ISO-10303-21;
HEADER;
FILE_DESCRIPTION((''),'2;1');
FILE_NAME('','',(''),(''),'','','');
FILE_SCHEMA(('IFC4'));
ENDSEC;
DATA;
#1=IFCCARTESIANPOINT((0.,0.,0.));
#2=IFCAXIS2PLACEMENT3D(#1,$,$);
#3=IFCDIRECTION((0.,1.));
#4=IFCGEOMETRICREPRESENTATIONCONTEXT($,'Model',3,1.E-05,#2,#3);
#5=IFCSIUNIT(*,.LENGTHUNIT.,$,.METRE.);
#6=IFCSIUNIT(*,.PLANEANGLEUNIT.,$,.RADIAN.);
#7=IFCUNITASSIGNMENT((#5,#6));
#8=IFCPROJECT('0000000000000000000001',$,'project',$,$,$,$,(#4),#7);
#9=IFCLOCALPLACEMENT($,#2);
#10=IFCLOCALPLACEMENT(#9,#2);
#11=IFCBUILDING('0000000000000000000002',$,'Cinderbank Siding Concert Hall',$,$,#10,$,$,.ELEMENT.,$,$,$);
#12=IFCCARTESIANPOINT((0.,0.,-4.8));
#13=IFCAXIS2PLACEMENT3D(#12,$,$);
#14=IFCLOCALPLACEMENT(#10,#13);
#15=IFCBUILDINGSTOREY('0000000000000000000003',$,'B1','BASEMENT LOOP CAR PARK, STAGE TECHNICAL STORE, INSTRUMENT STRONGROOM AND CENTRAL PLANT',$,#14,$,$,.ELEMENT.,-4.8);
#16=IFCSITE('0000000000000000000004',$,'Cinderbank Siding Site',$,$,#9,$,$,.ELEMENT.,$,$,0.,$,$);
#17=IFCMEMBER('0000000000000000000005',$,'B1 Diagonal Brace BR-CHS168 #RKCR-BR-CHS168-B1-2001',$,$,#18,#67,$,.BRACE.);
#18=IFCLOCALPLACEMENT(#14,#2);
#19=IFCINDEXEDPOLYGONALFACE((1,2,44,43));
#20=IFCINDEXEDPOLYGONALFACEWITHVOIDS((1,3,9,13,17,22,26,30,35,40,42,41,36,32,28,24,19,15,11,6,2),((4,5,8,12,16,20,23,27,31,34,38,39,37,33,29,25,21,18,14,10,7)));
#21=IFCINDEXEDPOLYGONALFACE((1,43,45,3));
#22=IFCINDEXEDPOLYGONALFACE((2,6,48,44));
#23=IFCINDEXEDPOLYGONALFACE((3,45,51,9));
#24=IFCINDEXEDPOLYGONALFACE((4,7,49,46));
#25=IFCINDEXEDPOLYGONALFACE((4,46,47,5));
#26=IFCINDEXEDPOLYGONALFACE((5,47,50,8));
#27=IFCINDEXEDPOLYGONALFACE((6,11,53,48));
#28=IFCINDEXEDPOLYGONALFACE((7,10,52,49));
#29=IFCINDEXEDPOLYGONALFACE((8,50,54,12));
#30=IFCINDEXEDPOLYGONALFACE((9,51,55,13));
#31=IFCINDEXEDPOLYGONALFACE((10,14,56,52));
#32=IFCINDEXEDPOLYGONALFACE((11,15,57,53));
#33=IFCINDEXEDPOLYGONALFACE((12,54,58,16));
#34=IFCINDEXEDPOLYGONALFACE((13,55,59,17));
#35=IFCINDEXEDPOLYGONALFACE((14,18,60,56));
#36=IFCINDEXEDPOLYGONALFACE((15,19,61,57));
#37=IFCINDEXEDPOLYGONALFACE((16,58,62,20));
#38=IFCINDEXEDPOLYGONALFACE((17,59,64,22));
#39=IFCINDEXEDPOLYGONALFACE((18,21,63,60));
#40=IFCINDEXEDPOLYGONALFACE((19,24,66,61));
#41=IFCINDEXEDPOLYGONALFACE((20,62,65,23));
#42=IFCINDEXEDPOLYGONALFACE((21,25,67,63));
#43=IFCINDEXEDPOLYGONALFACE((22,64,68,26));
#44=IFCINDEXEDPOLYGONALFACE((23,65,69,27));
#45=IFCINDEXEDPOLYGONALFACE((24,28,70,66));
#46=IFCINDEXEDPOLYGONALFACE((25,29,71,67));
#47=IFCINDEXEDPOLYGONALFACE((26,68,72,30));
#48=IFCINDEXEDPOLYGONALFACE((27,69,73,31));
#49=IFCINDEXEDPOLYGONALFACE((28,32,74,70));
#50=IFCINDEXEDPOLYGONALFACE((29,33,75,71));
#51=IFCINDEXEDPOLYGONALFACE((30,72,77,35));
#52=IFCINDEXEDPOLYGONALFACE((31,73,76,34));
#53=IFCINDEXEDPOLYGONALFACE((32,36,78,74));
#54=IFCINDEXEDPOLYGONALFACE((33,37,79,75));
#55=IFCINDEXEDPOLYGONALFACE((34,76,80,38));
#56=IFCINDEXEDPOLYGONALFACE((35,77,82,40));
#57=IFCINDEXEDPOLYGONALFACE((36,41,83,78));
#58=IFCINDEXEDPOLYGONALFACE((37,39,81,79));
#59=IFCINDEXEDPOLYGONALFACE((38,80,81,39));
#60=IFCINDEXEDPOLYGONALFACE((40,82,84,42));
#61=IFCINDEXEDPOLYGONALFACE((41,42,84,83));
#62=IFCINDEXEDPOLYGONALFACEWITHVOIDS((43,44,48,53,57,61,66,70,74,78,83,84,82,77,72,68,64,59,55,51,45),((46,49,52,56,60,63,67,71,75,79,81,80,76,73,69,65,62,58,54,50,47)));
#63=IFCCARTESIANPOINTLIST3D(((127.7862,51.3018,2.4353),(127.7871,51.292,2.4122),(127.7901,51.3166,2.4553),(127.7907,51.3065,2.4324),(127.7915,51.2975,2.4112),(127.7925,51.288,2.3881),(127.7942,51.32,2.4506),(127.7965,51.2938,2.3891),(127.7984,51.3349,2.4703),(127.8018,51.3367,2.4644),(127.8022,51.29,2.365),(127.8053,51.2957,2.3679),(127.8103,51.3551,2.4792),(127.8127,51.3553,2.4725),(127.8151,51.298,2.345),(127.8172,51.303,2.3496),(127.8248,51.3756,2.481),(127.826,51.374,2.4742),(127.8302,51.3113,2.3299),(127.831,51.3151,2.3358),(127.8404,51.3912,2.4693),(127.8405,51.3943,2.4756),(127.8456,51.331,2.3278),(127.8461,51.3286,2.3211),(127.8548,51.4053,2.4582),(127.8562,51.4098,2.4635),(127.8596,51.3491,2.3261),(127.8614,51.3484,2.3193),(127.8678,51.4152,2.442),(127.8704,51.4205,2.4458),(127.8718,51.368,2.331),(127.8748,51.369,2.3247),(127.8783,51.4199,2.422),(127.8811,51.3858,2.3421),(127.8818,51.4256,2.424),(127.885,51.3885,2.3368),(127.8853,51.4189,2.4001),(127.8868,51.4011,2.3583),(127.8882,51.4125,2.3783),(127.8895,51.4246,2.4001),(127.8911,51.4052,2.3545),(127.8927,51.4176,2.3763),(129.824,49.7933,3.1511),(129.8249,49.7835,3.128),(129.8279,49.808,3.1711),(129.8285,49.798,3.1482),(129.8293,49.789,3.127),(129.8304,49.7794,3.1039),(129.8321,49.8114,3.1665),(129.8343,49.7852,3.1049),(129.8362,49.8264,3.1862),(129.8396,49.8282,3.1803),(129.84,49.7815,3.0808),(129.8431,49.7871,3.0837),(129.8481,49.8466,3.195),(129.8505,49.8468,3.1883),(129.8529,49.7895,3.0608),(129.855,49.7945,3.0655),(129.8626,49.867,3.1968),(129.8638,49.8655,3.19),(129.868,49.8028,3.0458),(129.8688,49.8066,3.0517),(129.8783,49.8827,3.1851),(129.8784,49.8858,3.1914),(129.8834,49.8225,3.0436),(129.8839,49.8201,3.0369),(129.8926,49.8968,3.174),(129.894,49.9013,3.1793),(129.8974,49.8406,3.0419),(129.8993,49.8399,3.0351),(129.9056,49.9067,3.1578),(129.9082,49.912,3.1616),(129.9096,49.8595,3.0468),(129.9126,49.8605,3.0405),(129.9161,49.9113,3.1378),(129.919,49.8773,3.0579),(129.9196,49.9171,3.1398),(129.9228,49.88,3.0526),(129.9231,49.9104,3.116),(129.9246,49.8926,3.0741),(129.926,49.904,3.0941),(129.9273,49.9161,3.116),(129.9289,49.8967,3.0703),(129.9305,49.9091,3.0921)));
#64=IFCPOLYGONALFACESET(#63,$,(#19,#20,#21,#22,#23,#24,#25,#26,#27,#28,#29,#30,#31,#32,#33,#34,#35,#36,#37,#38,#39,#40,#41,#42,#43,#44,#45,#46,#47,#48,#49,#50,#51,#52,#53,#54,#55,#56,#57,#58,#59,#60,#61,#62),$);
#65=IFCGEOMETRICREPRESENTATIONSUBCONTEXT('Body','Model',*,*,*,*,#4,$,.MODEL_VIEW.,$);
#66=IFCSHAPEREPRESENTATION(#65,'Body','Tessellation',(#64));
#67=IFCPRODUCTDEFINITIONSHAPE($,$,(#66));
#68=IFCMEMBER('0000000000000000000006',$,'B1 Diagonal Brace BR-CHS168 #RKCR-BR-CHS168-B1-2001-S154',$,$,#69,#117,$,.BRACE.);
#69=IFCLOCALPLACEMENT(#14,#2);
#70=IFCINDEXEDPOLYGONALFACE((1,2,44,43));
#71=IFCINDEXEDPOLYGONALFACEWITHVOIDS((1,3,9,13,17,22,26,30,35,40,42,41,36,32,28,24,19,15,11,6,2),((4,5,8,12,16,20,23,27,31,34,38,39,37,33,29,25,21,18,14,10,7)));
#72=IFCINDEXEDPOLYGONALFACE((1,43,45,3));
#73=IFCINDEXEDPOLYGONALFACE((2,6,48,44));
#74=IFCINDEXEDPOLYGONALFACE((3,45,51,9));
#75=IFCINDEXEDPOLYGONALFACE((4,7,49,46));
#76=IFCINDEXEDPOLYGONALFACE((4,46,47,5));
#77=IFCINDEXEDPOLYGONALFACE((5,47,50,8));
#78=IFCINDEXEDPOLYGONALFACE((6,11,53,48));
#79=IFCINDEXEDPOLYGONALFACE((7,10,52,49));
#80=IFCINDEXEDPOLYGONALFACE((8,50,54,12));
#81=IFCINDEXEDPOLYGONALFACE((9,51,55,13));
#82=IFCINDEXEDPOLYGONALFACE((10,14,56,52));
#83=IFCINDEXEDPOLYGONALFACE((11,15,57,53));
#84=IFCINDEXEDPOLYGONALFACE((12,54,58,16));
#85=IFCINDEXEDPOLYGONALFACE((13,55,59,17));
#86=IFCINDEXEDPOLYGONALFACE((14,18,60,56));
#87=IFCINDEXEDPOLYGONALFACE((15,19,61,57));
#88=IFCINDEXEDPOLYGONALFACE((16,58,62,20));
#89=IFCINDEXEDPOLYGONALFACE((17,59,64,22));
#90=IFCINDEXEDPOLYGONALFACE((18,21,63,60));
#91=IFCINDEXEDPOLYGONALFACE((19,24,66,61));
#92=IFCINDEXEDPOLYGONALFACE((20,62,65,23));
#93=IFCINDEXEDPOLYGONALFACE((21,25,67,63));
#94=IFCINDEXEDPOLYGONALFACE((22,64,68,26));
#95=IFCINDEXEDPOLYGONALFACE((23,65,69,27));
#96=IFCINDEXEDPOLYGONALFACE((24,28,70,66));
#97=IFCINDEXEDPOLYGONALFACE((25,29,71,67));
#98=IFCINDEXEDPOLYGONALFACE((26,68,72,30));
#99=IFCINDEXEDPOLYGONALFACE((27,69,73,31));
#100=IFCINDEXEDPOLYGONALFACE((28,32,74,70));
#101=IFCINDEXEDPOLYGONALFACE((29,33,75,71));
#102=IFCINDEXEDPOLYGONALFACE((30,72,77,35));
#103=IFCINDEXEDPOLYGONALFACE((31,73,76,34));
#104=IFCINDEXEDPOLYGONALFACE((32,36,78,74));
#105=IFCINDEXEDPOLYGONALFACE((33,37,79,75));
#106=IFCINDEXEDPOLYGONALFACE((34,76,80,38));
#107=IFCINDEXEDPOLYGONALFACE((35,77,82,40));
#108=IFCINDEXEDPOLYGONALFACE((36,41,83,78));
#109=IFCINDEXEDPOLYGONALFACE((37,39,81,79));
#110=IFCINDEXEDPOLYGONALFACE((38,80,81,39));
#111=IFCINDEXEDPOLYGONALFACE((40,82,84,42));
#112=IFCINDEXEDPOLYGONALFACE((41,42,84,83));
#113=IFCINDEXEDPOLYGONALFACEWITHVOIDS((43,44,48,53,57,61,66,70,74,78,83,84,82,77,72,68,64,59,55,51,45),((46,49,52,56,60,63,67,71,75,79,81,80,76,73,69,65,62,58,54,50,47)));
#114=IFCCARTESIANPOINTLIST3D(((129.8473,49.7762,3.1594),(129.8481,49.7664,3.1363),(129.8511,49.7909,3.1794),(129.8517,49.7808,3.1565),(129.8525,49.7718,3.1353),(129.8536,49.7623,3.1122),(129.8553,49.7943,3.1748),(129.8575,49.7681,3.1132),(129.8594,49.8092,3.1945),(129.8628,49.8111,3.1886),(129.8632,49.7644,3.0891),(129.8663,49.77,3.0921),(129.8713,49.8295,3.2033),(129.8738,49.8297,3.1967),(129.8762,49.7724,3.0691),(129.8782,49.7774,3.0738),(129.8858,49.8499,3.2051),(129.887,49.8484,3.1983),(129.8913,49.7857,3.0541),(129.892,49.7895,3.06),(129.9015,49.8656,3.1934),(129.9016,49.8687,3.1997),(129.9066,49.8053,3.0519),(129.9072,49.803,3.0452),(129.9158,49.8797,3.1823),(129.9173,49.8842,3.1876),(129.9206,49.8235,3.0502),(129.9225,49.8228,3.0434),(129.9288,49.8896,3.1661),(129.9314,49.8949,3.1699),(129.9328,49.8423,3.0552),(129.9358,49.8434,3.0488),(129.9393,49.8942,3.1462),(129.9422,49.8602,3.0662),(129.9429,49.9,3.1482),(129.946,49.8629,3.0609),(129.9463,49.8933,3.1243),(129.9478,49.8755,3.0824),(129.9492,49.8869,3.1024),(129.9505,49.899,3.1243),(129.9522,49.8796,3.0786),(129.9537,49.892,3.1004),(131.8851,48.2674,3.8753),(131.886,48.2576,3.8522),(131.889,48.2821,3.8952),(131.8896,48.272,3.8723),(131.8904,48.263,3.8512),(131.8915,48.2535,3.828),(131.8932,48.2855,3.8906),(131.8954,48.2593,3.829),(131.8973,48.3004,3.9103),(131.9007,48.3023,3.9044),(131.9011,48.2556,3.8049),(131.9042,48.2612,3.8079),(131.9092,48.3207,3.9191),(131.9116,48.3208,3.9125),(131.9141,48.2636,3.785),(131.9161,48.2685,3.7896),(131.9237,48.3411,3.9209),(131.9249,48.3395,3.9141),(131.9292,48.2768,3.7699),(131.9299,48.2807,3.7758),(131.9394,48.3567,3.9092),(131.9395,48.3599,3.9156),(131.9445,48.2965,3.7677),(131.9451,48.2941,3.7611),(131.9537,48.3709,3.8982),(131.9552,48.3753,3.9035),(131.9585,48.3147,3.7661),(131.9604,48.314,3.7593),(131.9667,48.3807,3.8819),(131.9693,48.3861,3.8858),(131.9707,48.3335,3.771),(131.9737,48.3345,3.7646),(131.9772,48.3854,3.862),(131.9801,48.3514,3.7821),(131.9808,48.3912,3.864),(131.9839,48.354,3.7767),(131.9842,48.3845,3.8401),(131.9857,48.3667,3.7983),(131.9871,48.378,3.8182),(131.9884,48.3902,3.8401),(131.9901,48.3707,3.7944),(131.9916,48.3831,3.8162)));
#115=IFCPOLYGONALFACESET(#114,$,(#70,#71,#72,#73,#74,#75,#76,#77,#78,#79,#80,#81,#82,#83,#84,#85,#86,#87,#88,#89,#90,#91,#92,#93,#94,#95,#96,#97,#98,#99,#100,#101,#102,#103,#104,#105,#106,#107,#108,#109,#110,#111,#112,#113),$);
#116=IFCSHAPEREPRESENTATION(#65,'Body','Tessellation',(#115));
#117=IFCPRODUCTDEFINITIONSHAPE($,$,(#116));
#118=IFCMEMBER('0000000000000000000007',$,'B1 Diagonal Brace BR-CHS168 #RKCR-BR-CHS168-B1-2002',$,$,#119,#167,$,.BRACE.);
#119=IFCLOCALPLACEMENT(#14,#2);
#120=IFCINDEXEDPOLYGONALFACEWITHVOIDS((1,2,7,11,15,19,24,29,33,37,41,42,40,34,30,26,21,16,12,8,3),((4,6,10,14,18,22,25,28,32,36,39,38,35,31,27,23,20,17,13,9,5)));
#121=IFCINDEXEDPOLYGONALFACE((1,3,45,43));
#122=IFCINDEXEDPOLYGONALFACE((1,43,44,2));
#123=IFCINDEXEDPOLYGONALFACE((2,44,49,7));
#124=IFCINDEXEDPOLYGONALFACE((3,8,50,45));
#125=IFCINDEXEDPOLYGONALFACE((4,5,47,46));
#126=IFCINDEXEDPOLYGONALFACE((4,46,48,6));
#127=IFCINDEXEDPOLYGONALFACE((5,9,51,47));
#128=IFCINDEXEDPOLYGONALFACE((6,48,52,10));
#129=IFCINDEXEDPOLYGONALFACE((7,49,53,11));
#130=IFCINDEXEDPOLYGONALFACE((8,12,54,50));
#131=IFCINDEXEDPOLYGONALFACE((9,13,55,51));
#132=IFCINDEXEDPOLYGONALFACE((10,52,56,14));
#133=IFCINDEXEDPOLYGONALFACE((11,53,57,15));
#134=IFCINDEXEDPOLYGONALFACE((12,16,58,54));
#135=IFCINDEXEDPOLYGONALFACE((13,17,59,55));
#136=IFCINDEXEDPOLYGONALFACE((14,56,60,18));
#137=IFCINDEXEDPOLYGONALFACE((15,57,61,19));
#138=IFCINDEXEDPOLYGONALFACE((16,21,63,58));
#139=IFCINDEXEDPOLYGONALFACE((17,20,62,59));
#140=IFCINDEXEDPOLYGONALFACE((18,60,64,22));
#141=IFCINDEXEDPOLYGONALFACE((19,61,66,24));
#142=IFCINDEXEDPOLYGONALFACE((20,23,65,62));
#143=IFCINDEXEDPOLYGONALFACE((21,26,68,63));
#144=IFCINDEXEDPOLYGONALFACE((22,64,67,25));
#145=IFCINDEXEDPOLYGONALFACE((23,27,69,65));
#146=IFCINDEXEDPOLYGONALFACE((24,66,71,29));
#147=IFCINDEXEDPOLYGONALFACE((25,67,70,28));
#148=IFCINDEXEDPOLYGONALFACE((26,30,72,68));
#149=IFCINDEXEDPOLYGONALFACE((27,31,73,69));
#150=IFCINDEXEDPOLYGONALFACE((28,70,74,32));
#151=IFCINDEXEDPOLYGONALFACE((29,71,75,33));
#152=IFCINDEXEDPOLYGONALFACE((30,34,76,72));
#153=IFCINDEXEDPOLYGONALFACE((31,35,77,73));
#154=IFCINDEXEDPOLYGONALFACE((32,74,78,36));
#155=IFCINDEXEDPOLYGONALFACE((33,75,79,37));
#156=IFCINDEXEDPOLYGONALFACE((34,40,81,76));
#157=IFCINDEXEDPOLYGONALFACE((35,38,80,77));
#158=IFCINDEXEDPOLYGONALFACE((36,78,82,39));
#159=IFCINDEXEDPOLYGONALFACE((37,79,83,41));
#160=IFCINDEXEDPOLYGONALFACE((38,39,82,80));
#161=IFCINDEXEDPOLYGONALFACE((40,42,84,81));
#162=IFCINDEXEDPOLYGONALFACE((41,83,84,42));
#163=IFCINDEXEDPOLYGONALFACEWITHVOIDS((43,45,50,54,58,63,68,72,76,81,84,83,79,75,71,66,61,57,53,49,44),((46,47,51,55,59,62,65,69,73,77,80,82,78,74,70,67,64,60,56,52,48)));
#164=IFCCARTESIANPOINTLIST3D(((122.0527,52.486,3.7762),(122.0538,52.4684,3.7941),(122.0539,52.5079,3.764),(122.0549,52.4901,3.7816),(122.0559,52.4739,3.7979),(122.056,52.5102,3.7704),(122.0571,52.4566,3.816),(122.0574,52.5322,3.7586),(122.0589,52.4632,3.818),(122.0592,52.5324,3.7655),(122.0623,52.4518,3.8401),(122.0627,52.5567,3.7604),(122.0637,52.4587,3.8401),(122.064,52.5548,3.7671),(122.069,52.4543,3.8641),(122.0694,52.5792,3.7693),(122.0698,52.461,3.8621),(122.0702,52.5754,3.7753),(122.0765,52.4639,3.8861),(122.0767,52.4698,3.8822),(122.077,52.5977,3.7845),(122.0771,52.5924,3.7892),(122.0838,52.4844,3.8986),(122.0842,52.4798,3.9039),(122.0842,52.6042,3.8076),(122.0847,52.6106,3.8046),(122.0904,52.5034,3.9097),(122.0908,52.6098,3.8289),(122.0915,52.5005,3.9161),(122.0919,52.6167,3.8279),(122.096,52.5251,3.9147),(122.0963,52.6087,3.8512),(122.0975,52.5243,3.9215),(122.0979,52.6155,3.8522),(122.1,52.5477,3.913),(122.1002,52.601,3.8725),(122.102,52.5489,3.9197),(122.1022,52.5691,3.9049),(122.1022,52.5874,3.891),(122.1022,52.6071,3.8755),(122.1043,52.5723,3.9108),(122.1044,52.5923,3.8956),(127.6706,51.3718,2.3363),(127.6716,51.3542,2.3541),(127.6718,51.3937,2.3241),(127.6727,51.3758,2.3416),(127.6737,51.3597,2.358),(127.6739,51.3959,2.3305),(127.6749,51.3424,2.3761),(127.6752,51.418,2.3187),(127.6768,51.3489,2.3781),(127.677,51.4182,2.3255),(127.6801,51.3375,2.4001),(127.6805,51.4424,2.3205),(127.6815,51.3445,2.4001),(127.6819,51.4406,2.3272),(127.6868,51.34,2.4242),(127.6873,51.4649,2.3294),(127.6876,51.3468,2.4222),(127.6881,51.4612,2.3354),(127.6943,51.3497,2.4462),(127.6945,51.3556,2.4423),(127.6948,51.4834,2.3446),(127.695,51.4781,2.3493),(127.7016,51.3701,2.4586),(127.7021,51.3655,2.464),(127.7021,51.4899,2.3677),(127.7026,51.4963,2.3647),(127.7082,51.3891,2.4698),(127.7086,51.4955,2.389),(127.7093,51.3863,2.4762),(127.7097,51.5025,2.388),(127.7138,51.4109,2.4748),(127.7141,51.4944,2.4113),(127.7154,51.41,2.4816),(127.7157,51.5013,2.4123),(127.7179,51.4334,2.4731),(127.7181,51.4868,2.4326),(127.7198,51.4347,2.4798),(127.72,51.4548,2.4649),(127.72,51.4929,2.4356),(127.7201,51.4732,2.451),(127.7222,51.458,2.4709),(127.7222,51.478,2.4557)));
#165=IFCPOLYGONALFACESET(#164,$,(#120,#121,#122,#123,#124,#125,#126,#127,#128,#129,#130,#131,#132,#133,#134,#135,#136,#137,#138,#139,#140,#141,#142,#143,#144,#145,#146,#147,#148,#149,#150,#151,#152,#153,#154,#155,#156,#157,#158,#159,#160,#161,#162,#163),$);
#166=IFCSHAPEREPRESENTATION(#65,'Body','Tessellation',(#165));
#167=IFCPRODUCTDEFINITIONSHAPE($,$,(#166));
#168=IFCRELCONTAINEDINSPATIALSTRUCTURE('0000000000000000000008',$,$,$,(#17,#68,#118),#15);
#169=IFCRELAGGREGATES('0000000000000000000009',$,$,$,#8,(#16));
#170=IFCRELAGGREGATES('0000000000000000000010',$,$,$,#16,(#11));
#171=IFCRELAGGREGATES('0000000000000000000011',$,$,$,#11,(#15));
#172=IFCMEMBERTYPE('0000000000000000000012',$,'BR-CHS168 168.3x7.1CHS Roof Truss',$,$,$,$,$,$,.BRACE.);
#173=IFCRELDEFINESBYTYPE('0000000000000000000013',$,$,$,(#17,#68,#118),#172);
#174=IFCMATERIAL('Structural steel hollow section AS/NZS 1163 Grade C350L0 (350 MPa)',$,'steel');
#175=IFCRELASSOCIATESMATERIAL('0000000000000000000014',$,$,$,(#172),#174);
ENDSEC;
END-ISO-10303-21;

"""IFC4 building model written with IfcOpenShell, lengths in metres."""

from ifc_helpers import new_model, si_unit, direction, frame, origin, origin_2d, place, context, subcontext, project, spatial, hollow_circle, extrude, material, material_profile, profile_set, type_object, element, save


model = new_model("IFC4")

# Units and contexts
model_context = context("Model", 3, precision=1e-05, world=origin(), true_north=direction((0.0, 1.0)))
body_context = subcontext(model_context, "Body", "Model", "MODEL_VIEW")
ifc_project = project(units=[si_unit("LENGTHUNIT", "METRE"), si_unit("PLANEANGLEUNIT", "RADIAN")], contexts=[model_context])

# Site, building, storey
site_placement = place(None, origin())
site = spatial("IfcSite", under=ifc_project, at=site_placement, Name="Cinderbank Siding Site", CompositionType="ELEMENT", RefElevation=0.0)
building_placement = place(site_placement, origin())
building = spatial("IfcBuilding", under=site, at=building_placement, Name="Cinderbank Siding Concert Hall", CompositionType="ELEMENT")
storey_placement = place(building_placement, frame((0.0, 0.0, -4.8)))
storey = spatial("IfcBuildingStorey", under=building, at=storey_placement, Name="B1", Description="BASEMENT LOOP CAR PARK, STAGE TECHNICAL STORE, INSTRUMENT STRONGROOM AND CENTRAL PLANT", CompositionType="ELEMENT", Elevation=-4.8)

# Members
ifc_material_1 = material(Name="Structural steel hollow section AS/NZS 1163 Grade C350L0 (350 MPa)", Category="steel")
ifc_material_profile_1 = material_profile(ifc_material_1, hollow_circle(Radius=0.0842, WallThickness=0.0071, at=origin_2d()), Name="168.3x7.1CHS", Category="LoadBearing")
ifc_profile_set_1 = profile_set([ifc_material_profile_1], Name="Structural steel hollow section AS/NZS 1163 Grade C350L0 (350 MPa)")
member_type = type_object("IfcMemberType", Name="BR-CHS168 168.3x7.1CHS Roof Truss", PredefinedType="BRACE", material=ifc_profile_set_1)
member_1_placement = place(storey_placement, frame((127.8394, 51.3569, 2.4001), z_axis=(0.773504, -0.572598, 0.271704), x_axis=(0.594981, 0.80374, 0.0)))
element("IfcMember", 1, at=member_1_placement, inside=storey, type_object=member_type, Name="B1 Diagonal Brace BR-CHS168 #RKCR-BR-CHS168-B1-2001", PredefinedType="BRACE", context=body_context, shape_type="SweptSolid", body=[
    extrude(hollow_circle(Radius=0.0842, WallThickness=0.0071, at=origin_2d()), origin(), (0.0, 0.0, 1.0), 2.6345),
])
member_2_placement = place(storey_placement, frame((129.9004, 49.8313, 3.1243), z_axis=(0.773463, -0.572661, 0.27169), x_axis=(0.595043, 0.803694, 0.0)))
element("IfcMember", 2, at=member_2_placement, inside=storey, type_object=member_type, Name="B1 Diagonal Brace BR-CHS168 #RKCR-BR-CHS168-B1-2001-S154", PredefinedType="BRACE", context=body_context, shape_type="SweptSolid", body=[
    extrude(hollow_circle(Radius=0.0842, WallThickness=0.0071, at=origin_2d()), origin(), (0.0, 0.0, 1.0), 2.6348),
])
member_3_placement = place(storey_placement, frame((127.6965, 51.4202, 2.4001), z_axis=(-0.951288, 0.188678, 0.243827), x_axis=(-0.19455, -0.980893, 0.0)))
element("IfcMember", 3, at=member_3_placement, inside=storey, type_object=member_type, Name="B1 Diagonal Brace BR-CHS168 #RKCR-BR-CHS168-B1-2002", PredefinedType="BRACE", context=body_context, shape_type="SweptSolid", body=[
    extrude(hollow_circle(Radius=0.0842, WallThickness=0.0071, at=origin_2d()), origin(), (0.0, 0.0, 1.0), 5.9055),
])

save(model, "model.ifc")
